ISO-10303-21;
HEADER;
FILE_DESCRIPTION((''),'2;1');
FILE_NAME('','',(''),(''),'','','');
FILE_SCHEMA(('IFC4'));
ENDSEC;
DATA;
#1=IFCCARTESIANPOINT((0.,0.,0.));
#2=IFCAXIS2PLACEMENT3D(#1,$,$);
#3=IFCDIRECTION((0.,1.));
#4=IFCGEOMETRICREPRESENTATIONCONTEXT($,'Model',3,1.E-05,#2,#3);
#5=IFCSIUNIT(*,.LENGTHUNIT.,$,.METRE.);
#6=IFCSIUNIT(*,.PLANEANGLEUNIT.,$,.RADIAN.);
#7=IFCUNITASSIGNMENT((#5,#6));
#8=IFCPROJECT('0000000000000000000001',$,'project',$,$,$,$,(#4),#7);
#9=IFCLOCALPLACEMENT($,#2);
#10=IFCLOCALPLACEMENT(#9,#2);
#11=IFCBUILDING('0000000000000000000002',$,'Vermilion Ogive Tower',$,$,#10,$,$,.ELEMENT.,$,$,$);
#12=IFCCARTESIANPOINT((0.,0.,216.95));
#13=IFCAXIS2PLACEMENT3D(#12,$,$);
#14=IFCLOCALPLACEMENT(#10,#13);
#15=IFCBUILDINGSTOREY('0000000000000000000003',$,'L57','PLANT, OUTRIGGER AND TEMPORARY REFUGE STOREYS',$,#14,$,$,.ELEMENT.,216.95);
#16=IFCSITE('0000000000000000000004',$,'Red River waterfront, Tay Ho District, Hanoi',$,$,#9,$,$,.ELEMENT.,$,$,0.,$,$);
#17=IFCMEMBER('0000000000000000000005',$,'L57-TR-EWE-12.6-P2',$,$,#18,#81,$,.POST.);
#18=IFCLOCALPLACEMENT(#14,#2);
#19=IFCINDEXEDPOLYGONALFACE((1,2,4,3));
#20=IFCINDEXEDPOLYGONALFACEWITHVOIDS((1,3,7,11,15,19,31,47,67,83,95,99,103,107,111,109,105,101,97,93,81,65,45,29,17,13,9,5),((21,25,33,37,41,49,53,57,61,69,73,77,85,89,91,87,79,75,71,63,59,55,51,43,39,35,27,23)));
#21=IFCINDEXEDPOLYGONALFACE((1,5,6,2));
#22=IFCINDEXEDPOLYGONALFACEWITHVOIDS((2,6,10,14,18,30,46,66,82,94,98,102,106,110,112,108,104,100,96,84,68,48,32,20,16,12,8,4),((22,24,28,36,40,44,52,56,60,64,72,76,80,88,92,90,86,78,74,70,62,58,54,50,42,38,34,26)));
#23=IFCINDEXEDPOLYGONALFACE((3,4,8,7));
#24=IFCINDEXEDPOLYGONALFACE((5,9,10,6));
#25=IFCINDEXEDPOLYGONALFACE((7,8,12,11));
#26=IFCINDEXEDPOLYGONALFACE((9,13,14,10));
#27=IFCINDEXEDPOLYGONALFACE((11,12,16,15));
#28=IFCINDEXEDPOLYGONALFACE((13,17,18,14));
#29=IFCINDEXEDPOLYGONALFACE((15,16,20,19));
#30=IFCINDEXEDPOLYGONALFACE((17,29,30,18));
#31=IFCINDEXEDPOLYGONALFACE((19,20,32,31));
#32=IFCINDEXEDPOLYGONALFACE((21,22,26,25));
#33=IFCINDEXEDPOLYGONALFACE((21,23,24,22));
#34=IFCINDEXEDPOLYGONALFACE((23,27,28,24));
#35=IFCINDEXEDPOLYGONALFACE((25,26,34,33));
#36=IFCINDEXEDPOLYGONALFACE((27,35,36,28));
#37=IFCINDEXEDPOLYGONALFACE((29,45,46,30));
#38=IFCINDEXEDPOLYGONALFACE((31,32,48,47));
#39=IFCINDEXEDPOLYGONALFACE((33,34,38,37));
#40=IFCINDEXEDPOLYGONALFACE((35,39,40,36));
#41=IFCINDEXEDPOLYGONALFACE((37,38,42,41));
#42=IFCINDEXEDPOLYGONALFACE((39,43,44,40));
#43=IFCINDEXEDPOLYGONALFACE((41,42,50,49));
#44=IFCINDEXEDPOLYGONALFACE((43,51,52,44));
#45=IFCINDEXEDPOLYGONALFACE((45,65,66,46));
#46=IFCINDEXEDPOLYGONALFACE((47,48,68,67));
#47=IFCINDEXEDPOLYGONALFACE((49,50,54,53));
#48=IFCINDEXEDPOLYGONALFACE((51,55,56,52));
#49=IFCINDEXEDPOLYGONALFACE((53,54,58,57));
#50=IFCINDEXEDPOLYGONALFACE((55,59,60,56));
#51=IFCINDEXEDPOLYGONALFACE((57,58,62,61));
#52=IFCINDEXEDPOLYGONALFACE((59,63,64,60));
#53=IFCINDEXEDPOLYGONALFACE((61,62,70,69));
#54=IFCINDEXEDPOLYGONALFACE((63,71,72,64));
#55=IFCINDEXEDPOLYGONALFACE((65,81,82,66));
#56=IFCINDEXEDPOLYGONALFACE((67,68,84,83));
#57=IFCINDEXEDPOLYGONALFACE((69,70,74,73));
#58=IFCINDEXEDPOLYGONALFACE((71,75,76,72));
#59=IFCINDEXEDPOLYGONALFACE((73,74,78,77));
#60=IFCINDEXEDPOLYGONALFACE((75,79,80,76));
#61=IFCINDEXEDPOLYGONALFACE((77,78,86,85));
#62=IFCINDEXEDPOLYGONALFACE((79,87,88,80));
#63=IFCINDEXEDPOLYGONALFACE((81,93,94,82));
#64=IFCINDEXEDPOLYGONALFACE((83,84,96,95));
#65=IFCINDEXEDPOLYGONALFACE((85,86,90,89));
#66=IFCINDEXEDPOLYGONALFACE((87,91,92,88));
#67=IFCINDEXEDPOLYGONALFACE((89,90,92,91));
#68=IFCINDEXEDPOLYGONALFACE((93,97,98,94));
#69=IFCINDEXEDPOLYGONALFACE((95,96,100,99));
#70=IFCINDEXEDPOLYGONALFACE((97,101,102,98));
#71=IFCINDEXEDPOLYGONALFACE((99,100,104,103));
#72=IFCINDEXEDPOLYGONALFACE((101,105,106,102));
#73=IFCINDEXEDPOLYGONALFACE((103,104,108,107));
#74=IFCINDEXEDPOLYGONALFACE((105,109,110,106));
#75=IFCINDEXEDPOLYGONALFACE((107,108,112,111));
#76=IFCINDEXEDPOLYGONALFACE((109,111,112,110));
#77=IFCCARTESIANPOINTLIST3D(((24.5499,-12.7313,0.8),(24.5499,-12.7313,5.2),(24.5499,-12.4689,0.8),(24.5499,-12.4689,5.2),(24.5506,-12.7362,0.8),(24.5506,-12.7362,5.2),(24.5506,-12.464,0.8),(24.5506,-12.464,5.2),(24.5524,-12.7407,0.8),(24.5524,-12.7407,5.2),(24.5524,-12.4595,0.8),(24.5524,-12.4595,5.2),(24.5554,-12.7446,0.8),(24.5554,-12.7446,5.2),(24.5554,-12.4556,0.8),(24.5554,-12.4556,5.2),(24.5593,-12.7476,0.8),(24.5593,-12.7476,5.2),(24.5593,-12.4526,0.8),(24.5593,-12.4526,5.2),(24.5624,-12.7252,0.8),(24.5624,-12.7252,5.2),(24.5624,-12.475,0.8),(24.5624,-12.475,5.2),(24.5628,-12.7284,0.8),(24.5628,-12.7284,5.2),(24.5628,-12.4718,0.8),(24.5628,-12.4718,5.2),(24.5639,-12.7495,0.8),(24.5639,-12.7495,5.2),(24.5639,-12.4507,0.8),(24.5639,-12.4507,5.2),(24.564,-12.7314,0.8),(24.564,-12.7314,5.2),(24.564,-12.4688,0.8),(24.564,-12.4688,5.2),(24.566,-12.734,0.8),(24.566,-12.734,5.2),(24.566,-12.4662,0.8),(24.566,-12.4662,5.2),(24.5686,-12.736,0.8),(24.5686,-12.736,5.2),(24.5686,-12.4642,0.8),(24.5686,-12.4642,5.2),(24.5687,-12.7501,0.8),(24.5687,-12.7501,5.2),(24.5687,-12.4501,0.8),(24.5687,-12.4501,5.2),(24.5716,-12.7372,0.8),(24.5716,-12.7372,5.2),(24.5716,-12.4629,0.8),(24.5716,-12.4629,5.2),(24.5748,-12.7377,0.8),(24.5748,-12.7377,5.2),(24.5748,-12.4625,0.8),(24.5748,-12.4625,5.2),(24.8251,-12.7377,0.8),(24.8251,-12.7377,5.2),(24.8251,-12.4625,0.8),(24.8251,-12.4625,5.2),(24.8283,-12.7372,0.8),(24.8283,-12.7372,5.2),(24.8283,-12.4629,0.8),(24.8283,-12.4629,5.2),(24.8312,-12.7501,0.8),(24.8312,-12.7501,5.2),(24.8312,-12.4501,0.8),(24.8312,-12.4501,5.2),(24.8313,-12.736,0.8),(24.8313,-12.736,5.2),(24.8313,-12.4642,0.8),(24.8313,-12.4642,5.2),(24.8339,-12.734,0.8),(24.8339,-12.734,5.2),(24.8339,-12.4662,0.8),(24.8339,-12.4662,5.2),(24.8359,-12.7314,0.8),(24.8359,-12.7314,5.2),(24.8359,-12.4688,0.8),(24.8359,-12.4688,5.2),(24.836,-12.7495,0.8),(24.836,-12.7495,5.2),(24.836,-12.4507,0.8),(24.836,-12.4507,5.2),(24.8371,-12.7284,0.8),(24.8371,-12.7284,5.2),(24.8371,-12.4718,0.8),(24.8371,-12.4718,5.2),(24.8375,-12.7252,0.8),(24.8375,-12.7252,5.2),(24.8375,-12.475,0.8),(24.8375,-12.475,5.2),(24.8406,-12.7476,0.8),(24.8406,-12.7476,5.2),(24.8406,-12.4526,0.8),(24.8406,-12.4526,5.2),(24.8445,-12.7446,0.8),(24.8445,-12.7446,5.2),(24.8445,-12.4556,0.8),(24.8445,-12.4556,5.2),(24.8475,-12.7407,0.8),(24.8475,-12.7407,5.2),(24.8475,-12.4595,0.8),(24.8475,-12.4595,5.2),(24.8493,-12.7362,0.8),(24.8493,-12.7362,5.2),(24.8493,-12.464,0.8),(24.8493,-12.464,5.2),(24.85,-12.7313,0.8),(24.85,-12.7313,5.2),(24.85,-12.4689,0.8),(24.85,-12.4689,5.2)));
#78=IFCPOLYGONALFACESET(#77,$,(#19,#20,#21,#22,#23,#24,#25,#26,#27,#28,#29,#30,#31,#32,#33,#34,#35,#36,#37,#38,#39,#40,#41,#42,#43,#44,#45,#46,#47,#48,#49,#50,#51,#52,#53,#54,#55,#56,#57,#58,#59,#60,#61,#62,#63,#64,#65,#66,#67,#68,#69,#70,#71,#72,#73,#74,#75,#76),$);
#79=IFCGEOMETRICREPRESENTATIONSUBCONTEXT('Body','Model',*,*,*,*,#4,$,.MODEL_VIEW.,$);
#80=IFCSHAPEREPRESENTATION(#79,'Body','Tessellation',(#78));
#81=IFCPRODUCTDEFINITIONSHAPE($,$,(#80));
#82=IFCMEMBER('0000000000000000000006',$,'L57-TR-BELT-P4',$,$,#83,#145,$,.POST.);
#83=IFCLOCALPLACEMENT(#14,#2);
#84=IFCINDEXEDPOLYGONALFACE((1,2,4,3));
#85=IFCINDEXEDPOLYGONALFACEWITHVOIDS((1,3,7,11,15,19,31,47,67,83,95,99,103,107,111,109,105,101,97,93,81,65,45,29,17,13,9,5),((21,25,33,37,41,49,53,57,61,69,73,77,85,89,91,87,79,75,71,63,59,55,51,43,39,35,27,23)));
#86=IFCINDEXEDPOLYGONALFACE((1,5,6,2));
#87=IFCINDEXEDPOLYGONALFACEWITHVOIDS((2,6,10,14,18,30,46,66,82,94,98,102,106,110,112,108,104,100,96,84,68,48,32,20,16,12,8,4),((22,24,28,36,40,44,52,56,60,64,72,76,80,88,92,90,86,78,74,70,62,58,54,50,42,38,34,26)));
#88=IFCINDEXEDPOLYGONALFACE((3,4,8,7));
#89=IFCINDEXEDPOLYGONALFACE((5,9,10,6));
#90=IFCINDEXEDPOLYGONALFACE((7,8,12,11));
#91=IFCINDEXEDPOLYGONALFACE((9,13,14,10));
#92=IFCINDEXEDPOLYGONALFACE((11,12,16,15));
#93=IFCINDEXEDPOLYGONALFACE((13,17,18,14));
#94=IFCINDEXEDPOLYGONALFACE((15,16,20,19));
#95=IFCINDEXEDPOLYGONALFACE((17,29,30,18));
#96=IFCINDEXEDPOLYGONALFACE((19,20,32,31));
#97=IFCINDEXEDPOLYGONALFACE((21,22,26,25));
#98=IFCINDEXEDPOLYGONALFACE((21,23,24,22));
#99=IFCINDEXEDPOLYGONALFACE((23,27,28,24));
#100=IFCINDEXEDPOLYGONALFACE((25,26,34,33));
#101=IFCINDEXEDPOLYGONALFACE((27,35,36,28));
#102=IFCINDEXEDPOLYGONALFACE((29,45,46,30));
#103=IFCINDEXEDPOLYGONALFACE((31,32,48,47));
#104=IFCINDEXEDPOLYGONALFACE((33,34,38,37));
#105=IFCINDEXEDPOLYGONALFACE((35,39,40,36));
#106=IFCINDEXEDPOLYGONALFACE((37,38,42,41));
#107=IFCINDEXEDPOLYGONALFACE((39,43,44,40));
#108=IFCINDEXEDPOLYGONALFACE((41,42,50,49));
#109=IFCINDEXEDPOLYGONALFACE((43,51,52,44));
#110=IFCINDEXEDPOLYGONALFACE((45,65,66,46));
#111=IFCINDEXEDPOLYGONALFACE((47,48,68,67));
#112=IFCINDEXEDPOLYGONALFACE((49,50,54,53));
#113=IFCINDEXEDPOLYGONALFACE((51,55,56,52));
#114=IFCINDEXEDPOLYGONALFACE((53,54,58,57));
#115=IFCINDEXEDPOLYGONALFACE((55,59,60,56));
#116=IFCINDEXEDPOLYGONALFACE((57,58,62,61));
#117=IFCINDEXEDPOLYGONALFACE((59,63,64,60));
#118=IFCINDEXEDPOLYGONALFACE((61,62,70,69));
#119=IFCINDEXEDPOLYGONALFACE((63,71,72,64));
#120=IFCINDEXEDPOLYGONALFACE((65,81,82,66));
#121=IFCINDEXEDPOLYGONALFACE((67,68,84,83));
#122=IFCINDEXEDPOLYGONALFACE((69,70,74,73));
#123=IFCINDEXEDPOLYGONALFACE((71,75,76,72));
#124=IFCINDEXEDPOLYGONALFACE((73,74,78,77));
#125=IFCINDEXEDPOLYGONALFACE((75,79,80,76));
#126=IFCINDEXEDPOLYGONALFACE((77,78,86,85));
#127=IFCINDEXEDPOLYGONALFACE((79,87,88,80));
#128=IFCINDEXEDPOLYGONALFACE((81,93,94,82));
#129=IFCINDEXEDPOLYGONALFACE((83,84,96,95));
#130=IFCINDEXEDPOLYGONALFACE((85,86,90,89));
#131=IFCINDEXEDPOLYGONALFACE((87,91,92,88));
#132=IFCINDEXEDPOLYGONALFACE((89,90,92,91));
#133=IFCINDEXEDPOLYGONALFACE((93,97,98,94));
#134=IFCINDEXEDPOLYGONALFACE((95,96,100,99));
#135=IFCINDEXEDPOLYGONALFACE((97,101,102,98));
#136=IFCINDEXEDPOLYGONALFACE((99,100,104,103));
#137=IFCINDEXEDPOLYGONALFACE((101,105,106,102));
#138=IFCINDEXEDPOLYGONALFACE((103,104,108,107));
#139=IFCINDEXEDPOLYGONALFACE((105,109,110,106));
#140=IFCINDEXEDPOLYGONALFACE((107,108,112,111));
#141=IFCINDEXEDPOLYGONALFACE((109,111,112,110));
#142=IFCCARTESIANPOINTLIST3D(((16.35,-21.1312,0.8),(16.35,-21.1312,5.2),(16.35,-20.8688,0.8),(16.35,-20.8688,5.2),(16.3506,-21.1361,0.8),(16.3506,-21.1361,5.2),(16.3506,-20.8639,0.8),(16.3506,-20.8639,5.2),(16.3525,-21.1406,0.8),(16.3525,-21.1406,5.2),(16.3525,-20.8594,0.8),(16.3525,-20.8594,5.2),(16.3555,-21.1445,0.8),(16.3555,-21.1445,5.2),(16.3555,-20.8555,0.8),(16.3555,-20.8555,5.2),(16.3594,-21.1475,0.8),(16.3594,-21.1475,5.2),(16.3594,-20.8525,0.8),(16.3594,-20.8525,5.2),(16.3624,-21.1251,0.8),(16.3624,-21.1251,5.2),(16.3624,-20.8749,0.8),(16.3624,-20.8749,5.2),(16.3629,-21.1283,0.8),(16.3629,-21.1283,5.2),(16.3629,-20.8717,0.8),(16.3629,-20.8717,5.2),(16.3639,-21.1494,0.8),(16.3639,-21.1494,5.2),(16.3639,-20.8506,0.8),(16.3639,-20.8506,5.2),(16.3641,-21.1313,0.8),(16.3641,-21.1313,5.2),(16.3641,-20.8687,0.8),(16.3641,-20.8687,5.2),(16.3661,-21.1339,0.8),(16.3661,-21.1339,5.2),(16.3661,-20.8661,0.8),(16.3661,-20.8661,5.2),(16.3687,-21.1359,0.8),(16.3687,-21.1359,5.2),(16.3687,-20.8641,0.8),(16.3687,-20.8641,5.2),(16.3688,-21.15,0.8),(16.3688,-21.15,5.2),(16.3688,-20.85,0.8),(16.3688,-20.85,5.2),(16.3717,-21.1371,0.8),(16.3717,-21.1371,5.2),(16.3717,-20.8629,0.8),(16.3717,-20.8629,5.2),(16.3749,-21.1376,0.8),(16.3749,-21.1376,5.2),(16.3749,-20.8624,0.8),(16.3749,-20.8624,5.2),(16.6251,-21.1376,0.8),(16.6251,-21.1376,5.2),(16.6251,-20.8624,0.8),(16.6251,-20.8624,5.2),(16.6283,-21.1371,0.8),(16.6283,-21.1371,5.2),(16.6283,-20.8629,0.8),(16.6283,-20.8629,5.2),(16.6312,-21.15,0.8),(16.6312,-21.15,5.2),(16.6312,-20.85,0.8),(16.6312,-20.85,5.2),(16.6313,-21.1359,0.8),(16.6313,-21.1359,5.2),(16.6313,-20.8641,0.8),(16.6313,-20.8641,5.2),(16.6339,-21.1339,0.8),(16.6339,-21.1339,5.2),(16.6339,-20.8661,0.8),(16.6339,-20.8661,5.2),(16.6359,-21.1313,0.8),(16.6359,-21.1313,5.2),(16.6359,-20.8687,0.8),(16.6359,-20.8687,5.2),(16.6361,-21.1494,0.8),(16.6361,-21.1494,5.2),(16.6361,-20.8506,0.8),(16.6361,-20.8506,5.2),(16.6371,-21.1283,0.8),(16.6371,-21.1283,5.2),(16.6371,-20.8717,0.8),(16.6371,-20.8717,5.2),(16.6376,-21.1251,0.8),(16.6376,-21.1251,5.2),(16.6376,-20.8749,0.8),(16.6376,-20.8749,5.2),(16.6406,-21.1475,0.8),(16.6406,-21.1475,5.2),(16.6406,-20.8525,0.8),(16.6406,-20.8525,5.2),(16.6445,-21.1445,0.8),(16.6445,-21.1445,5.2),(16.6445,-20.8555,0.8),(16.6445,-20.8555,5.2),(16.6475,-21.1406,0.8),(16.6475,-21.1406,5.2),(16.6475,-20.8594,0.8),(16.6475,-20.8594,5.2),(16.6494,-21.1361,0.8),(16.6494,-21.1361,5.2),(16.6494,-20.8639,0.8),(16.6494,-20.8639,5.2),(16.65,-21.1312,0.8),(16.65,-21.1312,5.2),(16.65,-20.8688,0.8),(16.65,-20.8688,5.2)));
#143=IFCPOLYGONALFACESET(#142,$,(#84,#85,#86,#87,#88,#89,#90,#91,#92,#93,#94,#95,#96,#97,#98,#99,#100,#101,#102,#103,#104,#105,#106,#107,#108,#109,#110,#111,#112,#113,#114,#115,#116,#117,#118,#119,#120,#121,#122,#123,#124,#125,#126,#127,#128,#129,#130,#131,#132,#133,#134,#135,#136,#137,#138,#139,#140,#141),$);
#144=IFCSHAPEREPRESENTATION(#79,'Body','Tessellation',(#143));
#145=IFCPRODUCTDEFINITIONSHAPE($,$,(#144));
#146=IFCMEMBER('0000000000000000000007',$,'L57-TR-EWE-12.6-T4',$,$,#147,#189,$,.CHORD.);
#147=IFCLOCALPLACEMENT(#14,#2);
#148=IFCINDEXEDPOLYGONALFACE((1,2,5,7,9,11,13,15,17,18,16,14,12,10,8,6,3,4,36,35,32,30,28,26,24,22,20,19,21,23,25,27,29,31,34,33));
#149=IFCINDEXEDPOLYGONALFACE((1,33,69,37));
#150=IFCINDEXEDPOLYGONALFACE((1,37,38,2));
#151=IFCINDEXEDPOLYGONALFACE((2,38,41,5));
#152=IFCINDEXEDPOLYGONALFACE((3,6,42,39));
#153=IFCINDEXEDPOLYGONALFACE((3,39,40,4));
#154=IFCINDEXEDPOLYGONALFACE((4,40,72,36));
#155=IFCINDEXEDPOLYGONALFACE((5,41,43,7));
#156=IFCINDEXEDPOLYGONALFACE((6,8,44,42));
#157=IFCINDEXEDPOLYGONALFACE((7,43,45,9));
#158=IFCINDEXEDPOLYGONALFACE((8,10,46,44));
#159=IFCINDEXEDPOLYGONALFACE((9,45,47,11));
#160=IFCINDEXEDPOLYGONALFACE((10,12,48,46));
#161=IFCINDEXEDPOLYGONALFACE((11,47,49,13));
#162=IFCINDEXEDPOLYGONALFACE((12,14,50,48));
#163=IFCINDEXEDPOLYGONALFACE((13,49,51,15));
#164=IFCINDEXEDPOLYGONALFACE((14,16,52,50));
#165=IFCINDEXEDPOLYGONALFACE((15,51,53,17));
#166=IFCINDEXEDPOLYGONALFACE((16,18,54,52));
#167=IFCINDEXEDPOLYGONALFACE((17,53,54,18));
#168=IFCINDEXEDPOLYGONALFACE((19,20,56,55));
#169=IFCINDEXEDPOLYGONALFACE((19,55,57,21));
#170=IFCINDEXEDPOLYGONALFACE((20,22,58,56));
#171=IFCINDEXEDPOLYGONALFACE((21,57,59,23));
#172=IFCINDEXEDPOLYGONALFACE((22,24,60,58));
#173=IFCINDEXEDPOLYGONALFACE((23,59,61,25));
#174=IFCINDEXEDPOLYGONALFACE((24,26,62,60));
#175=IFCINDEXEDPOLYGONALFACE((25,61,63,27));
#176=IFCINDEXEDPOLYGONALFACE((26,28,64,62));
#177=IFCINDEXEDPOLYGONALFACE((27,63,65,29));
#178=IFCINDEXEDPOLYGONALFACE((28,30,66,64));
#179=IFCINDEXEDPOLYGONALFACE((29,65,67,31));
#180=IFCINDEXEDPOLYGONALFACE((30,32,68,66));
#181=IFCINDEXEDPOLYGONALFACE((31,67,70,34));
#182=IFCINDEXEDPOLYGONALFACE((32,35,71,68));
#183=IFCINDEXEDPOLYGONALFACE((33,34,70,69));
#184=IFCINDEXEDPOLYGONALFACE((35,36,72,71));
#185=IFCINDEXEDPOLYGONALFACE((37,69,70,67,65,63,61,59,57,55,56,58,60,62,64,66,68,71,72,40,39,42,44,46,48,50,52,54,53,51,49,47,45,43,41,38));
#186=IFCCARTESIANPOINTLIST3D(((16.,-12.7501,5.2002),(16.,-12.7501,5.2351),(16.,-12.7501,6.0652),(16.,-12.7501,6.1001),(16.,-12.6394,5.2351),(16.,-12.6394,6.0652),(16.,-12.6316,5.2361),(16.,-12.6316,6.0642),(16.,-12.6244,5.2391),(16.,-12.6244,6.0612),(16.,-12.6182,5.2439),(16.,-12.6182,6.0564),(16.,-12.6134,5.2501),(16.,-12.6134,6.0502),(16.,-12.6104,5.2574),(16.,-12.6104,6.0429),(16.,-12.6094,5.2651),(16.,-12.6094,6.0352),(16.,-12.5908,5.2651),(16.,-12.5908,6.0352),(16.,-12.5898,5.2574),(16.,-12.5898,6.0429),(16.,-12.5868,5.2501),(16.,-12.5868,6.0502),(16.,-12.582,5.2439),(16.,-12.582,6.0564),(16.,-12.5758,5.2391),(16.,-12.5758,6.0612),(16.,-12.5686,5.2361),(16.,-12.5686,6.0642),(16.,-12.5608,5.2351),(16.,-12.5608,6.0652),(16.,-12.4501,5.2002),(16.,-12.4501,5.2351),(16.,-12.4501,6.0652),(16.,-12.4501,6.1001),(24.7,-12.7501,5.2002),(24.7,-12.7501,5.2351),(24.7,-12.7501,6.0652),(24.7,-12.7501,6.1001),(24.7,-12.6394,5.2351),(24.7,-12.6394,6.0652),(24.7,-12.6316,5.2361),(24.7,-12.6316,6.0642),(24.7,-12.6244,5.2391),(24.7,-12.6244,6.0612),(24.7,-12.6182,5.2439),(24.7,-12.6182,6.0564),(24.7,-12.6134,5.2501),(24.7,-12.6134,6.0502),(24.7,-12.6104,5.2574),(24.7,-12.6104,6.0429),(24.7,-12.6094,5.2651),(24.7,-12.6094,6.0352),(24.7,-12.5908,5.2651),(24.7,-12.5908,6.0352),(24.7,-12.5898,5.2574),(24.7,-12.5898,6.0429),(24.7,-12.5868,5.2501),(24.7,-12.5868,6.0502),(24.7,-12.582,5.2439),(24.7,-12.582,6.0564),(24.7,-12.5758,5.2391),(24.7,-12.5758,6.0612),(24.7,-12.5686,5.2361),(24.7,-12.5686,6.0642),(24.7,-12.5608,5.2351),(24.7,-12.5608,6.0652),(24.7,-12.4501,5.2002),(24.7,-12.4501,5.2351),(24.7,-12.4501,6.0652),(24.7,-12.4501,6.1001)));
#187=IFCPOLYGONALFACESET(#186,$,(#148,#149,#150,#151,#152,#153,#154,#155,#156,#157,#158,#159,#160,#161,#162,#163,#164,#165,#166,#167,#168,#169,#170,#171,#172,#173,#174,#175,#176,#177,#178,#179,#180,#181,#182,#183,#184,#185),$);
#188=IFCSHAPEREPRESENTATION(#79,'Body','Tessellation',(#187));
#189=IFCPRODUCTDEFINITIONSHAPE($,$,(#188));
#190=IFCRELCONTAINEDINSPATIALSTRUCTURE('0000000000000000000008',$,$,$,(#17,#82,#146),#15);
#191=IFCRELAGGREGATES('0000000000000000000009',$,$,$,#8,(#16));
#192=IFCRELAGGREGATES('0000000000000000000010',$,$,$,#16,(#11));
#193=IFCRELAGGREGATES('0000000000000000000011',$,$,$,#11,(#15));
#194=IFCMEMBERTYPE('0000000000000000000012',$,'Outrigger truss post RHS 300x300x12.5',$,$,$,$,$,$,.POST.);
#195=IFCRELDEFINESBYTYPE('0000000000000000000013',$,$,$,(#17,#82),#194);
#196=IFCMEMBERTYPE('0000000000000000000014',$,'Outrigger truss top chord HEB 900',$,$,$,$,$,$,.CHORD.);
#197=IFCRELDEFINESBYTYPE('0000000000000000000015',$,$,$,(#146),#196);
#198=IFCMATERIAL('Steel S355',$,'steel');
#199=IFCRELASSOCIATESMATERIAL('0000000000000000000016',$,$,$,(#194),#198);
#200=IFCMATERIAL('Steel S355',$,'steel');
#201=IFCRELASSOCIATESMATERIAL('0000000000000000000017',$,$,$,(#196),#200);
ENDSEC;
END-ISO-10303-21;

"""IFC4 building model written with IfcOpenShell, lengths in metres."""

from ifc_helpers import new_model, si_unit, direction, frame, origin, origin_2d, place, context, subcontext, project, spatial, hollow_rectangle, i_section, extrude, material, material_profile, profile_set, type_object, element, save


model = new_model("IFC4")

# Units and contexts
model_context = context("Model", 3, precision=1e-05, world=origin(), true_north=direction((0.0, 1.0)))
body_context = subcontext(model_context, "Body", "Model", "MODEL_VIEW")
ifc_project = project(units=[si_unit("LENGTHUNIT", "METRE"), si_unit("PLANEANGLEUNIT", "RADIAN")], contexts=[model_context])

# Site, building, storey
site_placement = place(None, origin())
site = spatial("IfcSite", under=ifc_project, at=site_placement, Name="Red River waterfront, Tay Ho District, Hanoi", CompositionType="ELEMENT", RefElevation=0.0)
building_placement = place(site_placement, origin())
building = spatial("IfcBuilding", under=site, at=building_placement, Name="Vermilion Ogive Tower", CompositionType="ELEMENT")
storey_placement = place(building_placement, frame((0.0, 0.0, 216.95)))
storey = spatial("IfcBuildingStorey", under=building, at=storey_placement, Name="L57", Description="PLANT, OUTRIGGER AND TEMPORARY REFUGE STOREYS", CompositionType="ELEMENT", Elevation=216.95)

# Members
ifc_material_1 = material(Name="Steel S355", Category="steel")
ifc_material_profile_1 = material_profile(ifc_material_1, hollow_rectangle(XDim=0.3, YDim=0.3, WallThickness=0.0125, InnerFilletRadius=0.0125, OuterFilletRadius=0.0188, at=origin_2d()), Name="RHS 300x300x12.5")
ifc_profile_set_1 = profile_set([ifc_material_profile_1], Name="Steel S355")
member_type_1 = type_object("IfcMemberType", Name="Outrigger truss post RHS 300x300x12.5", PredefinedType="POST", material=ifc_profile_set_1)
for number, where, z_axis, x_axis, name in (
    (1, (24.7, -12.6001, 0.8), (0.0, 0.0, 1.0), (1.0, 0.0, 0.0), "L57-TR-EWE-12.6-P2"),
    (2, (16.5, -21.0, 0.8), (0.0, 0.0, 1.0), (1.0, 0.0, 0.0), "L57-TR-BELT-P4"),
):
    element("IfcMember", number, at=place(storey_placement, frame(where, z_axis=z_axis, x_axis=x_axis)), inside=storey, type_object=member_type_1, Name=name, PredefinedType="POST", context=body_context, shape_type="SweptSolid", body=[
        extrude(hollow_rectangle(XDim=0.3, YDim=0.3, WallThickness=0.0125, InnerFilletRadius=0.0125, OuterFilletRadius=0.0188, at=origin_2d()), origin(), (0.0, 0.0, 1.0), 4.3999),
    ])
ifc_material_2 = material(Name="Steel S355", Category="steel")
ifc_material_profile_2 = material_profile(ifc_material_2, i_section(OverallWidth=0.3, OverallDepth=0.8999, WebThickness=0.0186, FlangeThickness=0.0349, FilletRadius=0.03, at=origin_2d()), Name="HEB 900")
ifc_profile_set_2 = profile_set([ifc_material_profile_2], Name="Steel S355")
member_type_2 = type_object("IfcMemberType", Name="Outrigger truss top chord HEB 900", PredefinedType="CHORD", material=ifc_profile_set_2)
member_1_placement = place(storey_placement, frame((16.0, -12.6001, 5.6501), z_axis=(1.0, 0.0, 0.0), x_axis=(0.0, 1.0, 0.0)))
element("IfcMember", 3, at=member_1_placement, inside=storey, type_object=member_type_2, Name="L57-TR-EWE-12.6-T4", PredefinedType="CHORD", context=body_context, shape_type="SweptSolid", body=[
    extrude(i_section(OverallWidth=0.3, OverallDepth=0.8999, WebThickness=0.0186, FlangeThickness=0.0349, FilletRadius=0.03, at=origin_2d()), origin(), (0.0, 0.0, 1.0), 8.7),
])

save(model, "model.ifc")
